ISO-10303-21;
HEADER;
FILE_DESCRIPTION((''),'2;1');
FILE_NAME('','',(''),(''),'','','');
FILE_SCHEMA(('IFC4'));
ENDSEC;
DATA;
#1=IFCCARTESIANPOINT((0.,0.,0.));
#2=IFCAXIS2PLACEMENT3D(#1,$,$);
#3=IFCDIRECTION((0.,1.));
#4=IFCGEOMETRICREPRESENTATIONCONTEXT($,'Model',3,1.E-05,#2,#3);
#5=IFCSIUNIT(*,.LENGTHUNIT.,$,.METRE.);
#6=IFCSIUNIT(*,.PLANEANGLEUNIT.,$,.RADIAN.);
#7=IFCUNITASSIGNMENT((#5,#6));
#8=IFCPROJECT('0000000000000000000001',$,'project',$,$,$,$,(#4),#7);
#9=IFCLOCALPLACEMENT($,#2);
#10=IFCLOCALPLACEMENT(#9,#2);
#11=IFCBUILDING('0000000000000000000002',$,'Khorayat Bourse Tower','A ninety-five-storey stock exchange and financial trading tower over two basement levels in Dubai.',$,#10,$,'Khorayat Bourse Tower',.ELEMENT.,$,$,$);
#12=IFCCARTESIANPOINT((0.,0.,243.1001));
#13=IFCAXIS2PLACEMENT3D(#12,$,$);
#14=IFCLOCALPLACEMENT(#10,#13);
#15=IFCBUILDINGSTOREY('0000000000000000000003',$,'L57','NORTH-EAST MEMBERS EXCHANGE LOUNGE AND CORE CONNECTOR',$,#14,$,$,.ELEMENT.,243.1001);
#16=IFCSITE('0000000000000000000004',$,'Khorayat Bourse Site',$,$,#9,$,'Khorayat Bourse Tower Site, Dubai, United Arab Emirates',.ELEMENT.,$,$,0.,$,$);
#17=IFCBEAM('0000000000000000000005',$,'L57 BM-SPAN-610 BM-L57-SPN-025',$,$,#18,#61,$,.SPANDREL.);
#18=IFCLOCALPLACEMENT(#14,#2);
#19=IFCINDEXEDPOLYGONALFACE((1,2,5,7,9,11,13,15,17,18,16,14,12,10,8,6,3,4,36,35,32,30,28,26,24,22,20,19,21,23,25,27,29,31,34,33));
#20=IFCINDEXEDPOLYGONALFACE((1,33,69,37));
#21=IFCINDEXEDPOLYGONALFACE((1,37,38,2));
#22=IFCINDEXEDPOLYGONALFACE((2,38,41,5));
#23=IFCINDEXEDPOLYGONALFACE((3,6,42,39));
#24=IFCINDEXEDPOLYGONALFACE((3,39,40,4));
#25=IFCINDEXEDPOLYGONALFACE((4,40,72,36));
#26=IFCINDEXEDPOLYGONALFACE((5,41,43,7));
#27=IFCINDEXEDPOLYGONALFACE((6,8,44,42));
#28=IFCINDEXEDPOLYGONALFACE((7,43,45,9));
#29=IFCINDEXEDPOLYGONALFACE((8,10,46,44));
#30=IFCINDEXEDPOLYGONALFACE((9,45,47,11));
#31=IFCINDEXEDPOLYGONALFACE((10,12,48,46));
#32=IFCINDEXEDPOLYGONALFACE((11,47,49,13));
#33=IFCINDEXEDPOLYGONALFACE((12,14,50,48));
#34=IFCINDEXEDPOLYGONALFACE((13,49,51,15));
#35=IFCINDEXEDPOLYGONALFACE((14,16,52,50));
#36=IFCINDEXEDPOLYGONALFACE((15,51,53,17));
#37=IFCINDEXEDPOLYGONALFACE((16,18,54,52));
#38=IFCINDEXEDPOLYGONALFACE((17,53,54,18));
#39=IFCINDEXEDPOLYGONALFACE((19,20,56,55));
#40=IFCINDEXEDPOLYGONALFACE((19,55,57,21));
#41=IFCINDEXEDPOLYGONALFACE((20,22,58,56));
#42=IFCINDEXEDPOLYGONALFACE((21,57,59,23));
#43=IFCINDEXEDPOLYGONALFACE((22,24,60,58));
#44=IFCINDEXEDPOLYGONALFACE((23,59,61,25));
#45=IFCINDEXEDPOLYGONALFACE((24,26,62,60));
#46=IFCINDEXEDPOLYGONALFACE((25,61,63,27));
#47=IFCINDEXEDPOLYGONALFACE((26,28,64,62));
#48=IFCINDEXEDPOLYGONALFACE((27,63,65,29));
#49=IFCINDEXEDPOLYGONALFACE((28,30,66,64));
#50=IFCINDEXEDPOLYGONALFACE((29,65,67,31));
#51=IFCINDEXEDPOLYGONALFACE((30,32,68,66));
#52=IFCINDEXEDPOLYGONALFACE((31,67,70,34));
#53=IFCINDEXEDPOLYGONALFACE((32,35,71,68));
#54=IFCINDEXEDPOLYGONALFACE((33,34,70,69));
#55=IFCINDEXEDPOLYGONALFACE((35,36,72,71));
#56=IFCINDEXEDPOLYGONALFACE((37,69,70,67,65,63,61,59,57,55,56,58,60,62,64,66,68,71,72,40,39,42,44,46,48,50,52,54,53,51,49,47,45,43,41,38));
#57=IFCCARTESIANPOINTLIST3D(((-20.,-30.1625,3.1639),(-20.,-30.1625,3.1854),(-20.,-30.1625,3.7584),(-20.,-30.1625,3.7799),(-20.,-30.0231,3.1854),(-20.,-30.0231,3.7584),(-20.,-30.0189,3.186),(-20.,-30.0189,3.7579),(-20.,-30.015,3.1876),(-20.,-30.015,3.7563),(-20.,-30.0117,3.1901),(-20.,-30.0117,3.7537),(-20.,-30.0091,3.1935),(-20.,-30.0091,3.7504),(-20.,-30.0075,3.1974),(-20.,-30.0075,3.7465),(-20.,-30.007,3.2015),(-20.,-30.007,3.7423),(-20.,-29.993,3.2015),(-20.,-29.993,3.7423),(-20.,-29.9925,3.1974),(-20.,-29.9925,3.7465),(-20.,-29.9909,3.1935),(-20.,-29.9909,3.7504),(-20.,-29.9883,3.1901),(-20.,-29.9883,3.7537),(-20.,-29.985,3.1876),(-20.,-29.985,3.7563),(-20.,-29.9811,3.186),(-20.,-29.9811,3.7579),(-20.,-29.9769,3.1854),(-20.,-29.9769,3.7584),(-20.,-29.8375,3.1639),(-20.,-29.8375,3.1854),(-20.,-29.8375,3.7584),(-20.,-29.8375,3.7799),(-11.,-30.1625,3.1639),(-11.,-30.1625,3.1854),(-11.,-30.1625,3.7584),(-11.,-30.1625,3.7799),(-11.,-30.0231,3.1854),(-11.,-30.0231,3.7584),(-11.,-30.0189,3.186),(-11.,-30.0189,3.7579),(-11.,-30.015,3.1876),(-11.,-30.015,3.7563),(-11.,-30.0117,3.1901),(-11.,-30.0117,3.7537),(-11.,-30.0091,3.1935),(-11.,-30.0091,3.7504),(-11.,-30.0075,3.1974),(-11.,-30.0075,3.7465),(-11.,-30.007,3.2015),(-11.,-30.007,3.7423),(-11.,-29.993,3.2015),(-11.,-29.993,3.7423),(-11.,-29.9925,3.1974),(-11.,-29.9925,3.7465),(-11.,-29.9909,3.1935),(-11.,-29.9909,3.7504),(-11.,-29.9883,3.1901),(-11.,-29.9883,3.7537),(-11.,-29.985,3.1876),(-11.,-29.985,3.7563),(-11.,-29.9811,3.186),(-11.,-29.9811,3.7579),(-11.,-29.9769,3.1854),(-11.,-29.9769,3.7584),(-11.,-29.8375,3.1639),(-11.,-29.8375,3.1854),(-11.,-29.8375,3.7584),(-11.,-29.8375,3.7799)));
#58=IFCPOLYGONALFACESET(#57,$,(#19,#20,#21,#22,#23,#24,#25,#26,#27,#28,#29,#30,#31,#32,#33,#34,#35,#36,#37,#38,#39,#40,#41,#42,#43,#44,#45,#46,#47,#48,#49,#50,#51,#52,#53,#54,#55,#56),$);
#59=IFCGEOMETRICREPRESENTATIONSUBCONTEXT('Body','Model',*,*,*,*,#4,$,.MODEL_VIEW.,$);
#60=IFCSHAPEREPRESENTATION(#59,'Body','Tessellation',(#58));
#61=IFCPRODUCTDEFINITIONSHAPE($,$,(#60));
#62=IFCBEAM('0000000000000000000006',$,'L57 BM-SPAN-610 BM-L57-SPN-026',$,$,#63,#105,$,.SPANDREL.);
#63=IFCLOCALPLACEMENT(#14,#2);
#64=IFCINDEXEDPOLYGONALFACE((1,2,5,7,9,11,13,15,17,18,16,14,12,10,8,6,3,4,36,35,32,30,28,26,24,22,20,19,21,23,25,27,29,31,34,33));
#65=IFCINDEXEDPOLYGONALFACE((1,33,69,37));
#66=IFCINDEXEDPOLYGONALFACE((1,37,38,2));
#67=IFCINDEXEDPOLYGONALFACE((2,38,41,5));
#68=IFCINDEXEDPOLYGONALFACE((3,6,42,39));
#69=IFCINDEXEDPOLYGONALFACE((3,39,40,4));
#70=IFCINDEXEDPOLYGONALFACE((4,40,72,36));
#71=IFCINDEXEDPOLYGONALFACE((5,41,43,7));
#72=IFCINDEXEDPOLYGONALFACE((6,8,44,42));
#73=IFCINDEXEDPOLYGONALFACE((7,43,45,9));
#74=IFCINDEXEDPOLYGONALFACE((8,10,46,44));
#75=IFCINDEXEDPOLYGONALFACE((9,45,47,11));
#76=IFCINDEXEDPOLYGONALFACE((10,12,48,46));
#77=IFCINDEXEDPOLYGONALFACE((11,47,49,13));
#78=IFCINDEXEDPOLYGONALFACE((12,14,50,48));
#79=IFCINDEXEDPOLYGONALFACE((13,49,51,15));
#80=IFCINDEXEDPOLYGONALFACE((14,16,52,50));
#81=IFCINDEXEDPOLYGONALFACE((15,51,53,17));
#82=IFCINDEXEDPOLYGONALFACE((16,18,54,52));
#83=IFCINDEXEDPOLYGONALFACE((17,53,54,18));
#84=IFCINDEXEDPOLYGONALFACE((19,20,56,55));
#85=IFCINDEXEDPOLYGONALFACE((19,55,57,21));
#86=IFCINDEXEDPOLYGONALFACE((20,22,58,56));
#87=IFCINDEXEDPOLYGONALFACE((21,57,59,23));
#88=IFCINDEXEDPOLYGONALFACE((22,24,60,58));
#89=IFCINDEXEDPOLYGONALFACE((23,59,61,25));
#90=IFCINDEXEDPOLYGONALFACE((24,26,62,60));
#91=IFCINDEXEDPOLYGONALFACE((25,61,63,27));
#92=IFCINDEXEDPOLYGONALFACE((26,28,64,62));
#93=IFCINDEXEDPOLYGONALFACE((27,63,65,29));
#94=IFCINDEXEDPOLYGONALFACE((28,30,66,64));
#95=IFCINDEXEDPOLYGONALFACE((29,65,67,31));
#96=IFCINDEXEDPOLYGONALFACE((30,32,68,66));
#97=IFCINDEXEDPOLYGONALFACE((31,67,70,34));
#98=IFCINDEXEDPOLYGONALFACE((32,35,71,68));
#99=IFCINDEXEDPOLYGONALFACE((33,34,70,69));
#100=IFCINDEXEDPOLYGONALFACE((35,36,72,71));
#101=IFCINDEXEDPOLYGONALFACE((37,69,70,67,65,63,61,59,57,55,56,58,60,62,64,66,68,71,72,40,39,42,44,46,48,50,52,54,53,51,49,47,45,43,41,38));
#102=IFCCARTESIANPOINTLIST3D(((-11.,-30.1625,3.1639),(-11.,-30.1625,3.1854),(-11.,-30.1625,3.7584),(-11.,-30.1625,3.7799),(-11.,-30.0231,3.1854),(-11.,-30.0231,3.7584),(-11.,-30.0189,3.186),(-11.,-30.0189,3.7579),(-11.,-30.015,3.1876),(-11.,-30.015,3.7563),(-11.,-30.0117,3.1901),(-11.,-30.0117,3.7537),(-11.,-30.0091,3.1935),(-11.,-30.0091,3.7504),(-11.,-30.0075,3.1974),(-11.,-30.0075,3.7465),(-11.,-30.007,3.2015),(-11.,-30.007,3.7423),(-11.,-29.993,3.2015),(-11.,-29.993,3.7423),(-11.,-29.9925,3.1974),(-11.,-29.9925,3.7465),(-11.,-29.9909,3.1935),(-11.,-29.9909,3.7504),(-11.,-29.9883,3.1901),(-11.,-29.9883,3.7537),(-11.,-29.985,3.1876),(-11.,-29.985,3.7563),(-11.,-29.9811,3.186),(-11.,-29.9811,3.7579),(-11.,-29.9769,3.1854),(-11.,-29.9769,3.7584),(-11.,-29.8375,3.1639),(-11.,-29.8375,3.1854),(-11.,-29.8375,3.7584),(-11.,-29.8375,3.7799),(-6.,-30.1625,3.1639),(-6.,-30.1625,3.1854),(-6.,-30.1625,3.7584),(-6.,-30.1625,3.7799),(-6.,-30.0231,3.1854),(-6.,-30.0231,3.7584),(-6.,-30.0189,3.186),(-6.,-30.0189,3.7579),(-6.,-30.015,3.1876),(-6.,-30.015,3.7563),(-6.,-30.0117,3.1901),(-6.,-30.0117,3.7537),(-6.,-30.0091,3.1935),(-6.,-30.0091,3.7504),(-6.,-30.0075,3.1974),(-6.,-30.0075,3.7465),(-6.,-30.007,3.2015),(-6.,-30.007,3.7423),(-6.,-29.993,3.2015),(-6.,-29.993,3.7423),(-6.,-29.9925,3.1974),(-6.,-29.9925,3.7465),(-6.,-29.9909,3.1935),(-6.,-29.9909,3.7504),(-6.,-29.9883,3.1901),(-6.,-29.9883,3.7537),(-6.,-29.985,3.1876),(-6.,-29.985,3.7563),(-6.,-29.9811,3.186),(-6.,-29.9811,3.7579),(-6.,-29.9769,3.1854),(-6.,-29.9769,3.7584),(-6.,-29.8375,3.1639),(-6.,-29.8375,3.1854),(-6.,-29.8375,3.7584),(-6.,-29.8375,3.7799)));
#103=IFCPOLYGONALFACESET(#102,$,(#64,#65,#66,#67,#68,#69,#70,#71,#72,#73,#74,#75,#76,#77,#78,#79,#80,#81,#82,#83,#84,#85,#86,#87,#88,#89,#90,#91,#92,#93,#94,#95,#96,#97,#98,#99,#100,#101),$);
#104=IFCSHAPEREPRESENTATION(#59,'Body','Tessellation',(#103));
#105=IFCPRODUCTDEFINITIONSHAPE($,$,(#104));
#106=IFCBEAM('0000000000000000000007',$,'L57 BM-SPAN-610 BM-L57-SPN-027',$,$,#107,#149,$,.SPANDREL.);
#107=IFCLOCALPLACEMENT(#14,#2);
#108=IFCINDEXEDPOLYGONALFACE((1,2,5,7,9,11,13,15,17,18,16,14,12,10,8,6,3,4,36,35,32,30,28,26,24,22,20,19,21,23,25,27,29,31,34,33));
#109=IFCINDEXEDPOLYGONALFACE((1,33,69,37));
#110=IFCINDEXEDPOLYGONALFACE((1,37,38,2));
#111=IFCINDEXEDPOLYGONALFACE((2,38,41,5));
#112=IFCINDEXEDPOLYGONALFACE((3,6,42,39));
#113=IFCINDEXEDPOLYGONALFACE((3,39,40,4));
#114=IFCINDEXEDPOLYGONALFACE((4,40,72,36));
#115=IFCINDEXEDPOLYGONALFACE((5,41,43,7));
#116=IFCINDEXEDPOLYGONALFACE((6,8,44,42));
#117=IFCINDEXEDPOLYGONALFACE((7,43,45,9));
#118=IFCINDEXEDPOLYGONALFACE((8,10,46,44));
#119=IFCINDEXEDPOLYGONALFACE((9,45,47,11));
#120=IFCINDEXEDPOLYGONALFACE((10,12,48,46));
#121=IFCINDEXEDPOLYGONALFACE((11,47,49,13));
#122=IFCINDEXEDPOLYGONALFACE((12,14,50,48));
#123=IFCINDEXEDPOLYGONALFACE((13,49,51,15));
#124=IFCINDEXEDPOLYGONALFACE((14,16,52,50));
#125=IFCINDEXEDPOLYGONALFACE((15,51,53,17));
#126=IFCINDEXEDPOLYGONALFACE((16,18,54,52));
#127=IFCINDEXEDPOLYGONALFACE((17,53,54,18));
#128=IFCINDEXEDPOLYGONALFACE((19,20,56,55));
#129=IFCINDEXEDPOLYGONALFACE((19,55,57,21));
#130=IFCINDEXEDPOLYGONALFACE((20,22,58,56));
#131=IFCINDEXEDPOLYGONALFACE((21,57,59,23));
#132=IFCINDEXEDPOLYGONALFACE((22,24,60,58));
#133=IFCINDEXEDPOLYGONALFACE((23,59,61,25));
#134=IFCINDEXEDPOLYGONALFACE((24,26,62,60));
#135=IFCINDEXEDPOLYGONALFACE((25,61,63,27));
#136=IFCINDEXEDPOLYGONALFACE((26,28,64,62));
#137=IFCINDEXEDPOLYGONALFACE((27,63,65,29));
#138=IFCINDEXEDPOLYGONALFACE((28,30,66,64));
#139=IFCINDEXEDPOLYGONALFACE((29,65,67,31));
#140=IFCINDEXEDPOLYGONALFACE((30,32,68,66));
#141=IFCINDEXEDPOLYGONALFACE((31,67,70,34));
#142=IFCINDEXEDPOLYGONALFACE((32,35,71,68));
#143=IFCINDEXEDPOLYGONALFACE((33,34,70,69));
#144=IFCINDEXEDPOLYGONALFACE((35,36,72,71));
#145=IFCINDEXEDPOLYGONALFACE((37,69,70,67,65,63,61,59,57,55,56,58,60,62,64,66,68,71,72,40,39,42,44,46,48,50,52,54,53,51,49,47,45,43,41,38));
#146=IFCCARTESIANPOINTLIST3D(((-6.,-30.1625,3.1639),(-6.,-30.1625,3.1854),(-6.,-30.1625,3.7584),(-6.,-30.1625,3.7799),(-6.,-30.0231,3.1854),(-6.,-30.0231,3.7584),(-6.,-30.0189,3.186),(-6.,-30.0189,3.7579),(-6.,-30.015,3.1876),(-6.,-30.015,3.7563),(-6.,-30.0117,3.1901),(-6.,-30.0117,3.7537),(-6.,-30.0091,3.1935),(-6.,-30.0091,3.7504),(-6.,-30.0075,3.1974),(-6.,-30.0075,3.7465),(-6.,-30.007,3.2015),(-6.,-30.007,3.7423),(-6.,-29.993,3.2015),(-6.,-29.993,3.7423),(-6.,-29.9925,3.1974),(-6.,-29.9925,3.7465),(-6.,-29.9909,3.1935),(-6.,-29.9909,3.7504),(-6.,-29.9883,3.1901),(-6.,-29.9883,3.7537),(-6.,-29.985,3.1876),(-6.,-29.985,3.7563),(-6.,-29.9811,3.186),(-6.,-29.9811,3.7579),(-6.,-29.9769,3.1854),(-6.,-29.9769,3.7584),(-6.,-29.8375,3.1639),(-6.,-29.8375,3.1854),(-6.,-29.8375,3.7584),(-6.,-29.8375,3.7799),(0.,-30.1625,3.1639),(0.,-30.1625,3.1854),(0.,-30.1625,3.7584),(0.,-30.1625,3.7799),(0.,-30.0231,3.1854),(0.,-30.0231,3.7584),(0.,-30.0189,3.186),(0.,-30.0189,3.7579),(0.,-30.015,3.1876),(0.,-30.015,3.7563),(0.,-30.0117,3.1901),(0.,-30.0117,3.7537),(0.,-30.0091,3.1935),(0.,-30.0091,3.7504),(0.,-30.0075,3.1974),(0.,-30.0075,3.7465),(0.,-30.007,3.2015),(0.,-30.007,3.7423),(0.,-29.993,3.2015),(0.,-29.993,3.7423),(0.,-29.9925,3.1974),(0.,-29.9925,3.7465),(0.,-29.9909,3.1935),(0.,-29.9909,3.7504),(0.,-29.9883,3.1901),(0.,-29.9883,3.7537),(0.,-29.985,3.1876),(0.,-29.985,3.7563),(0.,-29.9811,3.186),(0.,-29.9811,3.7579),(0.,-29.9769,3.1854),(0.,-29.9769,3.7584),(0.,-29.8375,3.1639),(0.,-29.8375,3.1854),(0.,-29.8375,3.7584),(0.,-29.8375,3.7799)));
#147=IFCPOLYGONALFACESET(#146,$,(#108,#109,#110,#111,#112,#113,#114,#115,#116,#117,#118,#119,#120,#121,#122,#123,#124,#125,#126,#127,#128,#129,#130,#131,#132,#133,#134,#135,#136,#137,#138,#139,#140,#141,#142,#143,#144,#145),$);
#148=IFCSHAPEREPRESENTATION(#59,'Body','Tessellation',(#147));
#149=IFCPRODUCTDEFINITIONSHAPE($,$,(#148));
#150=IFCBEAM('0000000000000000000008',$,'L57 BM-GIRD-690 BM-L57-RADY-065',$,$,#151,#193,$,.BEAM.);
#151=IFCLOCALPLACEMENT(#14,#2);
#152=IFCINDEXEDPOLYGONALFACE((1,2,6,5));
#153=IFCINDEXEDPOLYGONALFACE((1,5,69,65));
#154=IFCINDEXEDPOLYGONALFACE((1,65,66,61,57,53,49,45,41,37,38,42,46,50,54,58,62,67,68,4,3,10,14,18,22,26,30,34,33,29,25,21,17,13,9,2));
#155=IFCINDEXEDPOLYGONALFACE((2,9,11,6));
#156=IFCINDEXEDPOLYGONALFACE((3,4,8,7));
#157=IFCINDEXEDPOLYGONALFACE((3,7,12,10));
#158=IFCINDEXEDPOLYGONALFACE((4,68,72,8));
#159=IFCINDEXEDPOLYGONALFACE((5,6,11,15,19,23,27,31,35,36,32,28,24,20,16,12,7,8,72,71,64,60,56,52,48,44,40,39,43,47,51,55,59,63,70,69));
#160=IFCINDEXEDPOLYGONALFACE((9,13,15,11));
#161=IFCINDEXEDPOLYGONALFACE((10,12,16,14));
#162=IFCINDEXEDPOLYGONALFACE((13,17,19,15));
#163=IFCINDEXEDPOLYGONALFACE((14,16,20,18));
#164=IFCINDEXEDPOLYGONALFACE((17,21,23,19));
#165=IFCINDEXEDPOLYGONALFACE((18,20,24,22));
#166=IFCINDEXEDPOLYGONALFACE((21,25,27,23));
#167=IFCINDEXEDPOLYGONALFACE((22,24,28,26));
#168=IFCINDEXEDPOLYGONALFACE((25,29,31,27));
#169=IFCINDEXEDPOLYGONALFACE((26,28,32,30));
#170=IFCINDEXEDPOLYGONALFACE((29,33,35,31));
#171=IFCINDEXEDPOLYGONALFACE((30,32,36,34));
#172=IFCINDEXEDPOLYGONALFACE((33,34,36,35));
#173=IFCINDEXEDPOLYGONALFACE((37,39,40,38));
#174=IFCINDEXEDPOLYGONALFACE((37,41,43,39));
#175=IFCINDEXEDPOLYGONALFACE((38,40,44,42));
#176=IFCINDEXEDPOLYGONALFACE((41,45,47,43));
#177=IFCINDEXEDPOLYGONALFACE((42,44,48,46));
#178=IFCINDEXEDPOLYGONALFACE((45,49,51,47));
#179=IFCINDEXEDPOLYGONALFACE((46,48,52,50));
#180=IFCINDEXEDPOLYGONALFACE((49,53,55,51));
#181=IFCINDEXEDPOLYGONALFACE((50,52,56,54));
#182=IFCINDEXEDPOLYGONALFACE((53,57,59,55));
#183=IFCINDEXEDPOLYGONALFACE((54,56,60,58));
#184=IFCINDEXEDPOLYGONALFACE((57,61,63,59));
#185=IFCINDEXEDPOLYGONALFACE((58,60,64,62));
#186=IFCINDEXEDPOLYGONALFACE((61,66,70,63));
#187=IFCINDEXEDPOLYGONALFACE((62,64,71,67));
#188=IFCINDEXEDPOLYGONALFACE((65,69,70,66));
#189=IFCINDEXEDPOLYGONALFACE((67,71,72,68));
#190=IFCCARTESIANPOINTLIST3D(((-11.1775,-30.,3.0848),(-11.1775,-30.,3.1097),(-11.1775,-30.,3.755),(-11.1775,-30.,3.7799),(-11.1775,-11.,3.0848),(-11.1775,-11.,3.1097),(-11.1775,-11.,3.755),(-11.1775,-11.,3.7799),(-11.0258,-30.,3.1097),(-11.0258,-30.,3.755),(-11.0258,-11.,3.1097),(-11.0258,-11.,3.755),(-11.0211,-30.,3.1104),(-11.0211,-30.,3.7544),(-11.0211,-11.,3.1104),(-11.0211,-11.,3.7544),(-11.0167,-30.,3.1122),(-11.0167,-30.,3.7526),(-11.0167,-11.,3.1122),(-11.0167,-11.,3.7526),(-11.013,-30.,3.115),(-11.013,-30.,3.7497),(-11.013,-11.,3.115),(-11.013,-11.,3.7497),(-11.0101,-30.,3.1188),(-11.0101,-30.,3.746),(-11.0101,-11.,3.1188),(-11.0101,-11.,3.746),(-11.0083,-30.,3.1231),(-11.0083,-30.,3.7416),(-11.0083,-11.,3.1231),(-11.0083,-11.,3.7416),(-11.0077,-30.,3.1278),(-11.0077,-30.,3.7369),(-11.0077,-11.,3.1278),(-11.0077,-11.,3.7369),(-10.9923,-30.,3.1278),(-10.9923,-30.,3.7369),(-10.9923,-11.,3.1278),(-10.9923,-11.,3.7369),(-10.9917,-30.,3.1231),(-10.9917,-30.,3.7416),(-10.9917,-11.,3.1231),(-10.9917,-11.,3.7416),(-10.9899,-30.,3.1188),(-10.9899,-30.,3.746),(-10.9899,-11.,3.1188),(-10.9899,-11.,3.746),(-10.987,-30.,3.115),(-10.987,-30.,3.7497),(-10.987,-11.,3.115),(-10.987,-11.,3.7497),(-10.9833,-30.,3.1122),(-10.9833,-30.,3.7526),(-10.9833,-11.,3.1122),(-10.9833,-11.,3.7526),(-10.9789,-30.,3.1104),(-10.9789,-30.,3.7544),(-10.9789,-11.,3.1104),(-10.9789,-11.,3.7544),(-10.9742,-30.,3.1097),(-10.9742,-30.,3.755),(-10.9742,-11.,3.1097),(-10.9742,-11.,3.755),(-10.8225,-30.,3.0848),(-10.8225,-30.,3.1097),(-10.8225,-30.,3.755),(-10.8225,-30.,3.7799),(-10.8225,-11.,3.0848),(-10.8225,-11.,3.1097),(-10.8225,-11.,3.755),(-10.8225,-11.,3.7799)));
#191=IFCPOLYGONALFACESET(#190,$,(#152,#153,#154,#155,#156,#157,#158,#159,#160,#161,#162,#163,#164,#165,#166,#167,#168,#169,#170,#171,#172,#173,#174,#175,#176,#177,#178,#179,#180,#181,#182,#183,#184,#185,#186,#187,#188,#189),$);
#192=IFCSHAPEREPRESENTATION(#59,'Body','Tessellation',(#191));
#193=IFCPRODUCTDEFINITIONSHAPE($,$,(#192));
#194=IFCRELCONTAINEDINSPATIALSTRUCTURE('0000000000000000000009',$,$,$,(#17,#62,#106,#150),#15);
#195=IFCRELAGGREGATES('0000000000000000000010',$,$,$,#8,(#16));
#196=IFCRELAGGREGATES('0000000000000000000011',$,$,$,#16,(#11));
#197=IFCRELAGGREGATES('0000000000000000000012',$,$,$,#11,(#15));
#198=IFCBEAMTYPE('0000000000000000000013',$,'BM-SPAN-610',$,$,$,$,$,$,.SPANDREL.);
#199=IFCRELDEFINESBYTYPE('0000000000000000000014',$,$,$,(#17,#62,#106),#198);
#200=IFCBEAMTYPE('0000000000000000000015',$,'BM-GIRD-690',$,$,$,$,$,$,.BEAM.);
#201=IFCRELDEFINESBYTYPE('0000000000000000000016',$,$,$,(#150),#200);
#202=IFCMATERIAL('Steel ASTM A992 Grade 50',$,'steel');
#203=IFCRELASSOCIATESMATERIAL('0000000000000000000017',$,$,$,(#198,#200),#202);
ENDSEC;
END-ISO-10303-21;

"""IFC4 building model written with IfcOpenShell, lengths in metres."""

from ifc_helpers import new_model, si_unit, direction, frame, origin, origin_2d, place, context, subcontext, project, spatial, i_section, extrude, source, transform, mapped, material, material_profile, profile_set, type_object, element, save


model = new_model("IFC4")

# Units and contexts
model_context = context("Model", 3, precision=1e-05, world=origin(), true_north=direction((0.0, 1.0)))
body_context = subcontext(model_context, "Body", "Model", "MODEL_VIEW")
ifc_project = project(units=[si_unit("LENGTHUNIT", "METRE"), si_unit("PLANEANGLEUNIT", "RADIAN")], contexts=[model_context])

# Site, building, storey
site_placement = place(None, origin())
site = spatial("IfcSite", under=ifc_project, at=site_placement, Name="Khorayat Bourse Site", LongName="Khorayat Bourse Tower Site, Dubai, United Arab Emirates", CompositionType="ELEMENT", RefElevation=0.0)
building_placement = place(site_placement, origin())
building = spatial("IfcBuilding", under=site, at=building_placement, Name="Khorayat Bourse Tower", Description="A ninety-five-storey stock exchange and financial trading tower over two basement levels in Dubai.", LongName="Khorayat Bourse Tower", CompositionType="ELEMENT")
storey_placement = place(building_placement, frame((0.0, 0.0, 243.1001)))
storey = spatial("IfcBuildingStorey", under=building, at=storey_placement, Name="L57", Description="NORTH-EAST MEMBERS EXCHANGE LOUNGE AND CORE CONNECTOR", CompositionType="ELEMENT", Elevation=243.1001)

# Beams
ifc_material_1 = material(Name="Steel ASTM A992 Grade 50", Category="steel")
ifc_material_profile_1 = material_profile(ifc_material_1, i_section(OverallWidth=0.325, OverallDepth=0.616, WebThickness=0.0139, FlangeThickness=0.0215, FilletRadius=0.0161, at=origin_2d()), Name="W610X174")
ifc_profile_set_1 = profile_set([ifc_material_profile_1], Name="Steel ASTM A992 Grade 50")
beam_type_1 = type_object("IfcBeamType", Name="BM-SPAN-610", PredefinedType="SPANDREL", material=ifc_profile_set_1)
shared_shape_1 = source(origin(), body_context, "Body", "SweptSolid", [
    extrude(i_section(OverallWidth=0.325, OverallDepth=0.616, WebThickness=0.0139, FlangeThickness=0.0215, FilletRadius=0.0161, at=origin_2d()), origin(), (0.0, 0.0, 1.0), 9.0),
])
beam_1_placement = place(storey_placement, frame((-20.0, -30.0, 3.4719), z_axis=(1.0, 0.0, 0.0), x_axis=(0.0, 1.0, 0.0)))
element("IfcBeam", 1, at=beam_1_placement, inside=storey, type_object=beam_type_1, Name="L57 BM-SPAN-610 BM-L57-SPN-025", PredefinedType="SPANDREL", context=body_context, shape_type="MappedRepresentation", body=[
    mapped(shared_shape_1, transform((0.0, 0.0, 0.0), scale=1.0)),
])
shared_shape_2 = source(origin(), body_context, "Body", "SweptSolid", [
    extrude(i_section(OverallWidth=0.325, OverallDepth=0.616, WebThickness=0.0139, FlangeThickness=0.0215, FilletRadius=0.0161, at=origin_2d()), origin(), (0.0, 0.0, 1.0), 5.0),
])
beam_2_placement = place(storey_placement, frame((-11.0, -30.0, 3.4719), z_axis=(1.0, 0.0, 0.0), x_axis=(0.0, 1.0, 0.0)))
element("IfcBeam", 2, at=beam_2_placement, inside=storey, type_object=beam_type_1, Name="L57 BM-SPAN-610 BM-L57-SPN-026", PredefinedType="SPANDREL", context=body_context, shape_type="MappedRepresentation", body=[
    mapped(shared_shape_2, transform((0.0, 0.0, 0.0), scale=1.0)),
])
shared_shape_3 = source(origin(), body_context, "Body", "SweptSolid", [
    extrude(i_section(OverallWidth=0.325, OverallDepth=0.616, WebThickness=0.0139, FlangeThickness=0.0215, FilletRadius=0.0161, at=origin_2d()), origin(), (0.0, 0.0, 1.0), 6.0),
])
beam_3_placement = place(storey_placement, frame((-6.0, -30.0, 3.4719), z_axis=(1.0, 0.0, 0.0), x_axis=(0.0, 1.0, 0.0)))
element("IfcBeam", 3, at=beam_3_placement, inside=storey, type_object=beam_type_1, Name="L57 BM-SPAN-610 BM-L57-SPN-027", PredefinedType="SPANDREL", context=body_context, shape_type="MappedRepresentation", body=[
    mapped(shared_shape_3, transform((0.0, 0.0, 0.0), scale=1.0)),
])
ifc_material_profile_2 = material_profile(ifc_material_1, i_section(OverallWidth=0.355, OverallDepth=0.6951, WebThickness=0.0154, FlangeThickness=0.0249, FilletRadius=0.0181, at=origin_2d()), Name="W690X217")
ifc_profile_set_2 = profile_set([ifc_material_profile_2], Name="Steel ASTM A992 Grade 50")
beam_type_2 = type_object("IfcBeamType", Name="BM-GIRD-690", PredefinedType="BEAM", material=ifc_profile_set_2)
shared_shape_4 = source(origin(), body_context, "Body", "SweptSolid", [
    extrude(i_section(OverallWidth=0.355, OverallDepth=0.6951, WebThickness=0.0154, FlangeThickness=0.0249, FilletRadius=0.0181, at=origin_2d()), origin(), (0.0, 0.0, 1.0), 19.0),
])
for number, where, z_axis, x_axis, name in (
    (4, (-11.0, -30.0, 3.4324), (0.0, 1.0, 0.0), (-1.0, 0.0, 0.0), "L57 BM-GIRD-690 BM-L57-RADY-065"),
):
    element("IfcBeam", number, at=place(storey_placement, frame(where, z_axis=z_axis, x_axis=x_axis)), inside=storey, type_object=beam_type_2, Name=name, PredefinedType="BEAM", context=body_context, shape_type="MappedRepresentation", body=[
        mapped(shared_shape_4, transform((0.0, 0.0, 0.0), scale=1.0)),
    ])

save(model, "model.ifc")
